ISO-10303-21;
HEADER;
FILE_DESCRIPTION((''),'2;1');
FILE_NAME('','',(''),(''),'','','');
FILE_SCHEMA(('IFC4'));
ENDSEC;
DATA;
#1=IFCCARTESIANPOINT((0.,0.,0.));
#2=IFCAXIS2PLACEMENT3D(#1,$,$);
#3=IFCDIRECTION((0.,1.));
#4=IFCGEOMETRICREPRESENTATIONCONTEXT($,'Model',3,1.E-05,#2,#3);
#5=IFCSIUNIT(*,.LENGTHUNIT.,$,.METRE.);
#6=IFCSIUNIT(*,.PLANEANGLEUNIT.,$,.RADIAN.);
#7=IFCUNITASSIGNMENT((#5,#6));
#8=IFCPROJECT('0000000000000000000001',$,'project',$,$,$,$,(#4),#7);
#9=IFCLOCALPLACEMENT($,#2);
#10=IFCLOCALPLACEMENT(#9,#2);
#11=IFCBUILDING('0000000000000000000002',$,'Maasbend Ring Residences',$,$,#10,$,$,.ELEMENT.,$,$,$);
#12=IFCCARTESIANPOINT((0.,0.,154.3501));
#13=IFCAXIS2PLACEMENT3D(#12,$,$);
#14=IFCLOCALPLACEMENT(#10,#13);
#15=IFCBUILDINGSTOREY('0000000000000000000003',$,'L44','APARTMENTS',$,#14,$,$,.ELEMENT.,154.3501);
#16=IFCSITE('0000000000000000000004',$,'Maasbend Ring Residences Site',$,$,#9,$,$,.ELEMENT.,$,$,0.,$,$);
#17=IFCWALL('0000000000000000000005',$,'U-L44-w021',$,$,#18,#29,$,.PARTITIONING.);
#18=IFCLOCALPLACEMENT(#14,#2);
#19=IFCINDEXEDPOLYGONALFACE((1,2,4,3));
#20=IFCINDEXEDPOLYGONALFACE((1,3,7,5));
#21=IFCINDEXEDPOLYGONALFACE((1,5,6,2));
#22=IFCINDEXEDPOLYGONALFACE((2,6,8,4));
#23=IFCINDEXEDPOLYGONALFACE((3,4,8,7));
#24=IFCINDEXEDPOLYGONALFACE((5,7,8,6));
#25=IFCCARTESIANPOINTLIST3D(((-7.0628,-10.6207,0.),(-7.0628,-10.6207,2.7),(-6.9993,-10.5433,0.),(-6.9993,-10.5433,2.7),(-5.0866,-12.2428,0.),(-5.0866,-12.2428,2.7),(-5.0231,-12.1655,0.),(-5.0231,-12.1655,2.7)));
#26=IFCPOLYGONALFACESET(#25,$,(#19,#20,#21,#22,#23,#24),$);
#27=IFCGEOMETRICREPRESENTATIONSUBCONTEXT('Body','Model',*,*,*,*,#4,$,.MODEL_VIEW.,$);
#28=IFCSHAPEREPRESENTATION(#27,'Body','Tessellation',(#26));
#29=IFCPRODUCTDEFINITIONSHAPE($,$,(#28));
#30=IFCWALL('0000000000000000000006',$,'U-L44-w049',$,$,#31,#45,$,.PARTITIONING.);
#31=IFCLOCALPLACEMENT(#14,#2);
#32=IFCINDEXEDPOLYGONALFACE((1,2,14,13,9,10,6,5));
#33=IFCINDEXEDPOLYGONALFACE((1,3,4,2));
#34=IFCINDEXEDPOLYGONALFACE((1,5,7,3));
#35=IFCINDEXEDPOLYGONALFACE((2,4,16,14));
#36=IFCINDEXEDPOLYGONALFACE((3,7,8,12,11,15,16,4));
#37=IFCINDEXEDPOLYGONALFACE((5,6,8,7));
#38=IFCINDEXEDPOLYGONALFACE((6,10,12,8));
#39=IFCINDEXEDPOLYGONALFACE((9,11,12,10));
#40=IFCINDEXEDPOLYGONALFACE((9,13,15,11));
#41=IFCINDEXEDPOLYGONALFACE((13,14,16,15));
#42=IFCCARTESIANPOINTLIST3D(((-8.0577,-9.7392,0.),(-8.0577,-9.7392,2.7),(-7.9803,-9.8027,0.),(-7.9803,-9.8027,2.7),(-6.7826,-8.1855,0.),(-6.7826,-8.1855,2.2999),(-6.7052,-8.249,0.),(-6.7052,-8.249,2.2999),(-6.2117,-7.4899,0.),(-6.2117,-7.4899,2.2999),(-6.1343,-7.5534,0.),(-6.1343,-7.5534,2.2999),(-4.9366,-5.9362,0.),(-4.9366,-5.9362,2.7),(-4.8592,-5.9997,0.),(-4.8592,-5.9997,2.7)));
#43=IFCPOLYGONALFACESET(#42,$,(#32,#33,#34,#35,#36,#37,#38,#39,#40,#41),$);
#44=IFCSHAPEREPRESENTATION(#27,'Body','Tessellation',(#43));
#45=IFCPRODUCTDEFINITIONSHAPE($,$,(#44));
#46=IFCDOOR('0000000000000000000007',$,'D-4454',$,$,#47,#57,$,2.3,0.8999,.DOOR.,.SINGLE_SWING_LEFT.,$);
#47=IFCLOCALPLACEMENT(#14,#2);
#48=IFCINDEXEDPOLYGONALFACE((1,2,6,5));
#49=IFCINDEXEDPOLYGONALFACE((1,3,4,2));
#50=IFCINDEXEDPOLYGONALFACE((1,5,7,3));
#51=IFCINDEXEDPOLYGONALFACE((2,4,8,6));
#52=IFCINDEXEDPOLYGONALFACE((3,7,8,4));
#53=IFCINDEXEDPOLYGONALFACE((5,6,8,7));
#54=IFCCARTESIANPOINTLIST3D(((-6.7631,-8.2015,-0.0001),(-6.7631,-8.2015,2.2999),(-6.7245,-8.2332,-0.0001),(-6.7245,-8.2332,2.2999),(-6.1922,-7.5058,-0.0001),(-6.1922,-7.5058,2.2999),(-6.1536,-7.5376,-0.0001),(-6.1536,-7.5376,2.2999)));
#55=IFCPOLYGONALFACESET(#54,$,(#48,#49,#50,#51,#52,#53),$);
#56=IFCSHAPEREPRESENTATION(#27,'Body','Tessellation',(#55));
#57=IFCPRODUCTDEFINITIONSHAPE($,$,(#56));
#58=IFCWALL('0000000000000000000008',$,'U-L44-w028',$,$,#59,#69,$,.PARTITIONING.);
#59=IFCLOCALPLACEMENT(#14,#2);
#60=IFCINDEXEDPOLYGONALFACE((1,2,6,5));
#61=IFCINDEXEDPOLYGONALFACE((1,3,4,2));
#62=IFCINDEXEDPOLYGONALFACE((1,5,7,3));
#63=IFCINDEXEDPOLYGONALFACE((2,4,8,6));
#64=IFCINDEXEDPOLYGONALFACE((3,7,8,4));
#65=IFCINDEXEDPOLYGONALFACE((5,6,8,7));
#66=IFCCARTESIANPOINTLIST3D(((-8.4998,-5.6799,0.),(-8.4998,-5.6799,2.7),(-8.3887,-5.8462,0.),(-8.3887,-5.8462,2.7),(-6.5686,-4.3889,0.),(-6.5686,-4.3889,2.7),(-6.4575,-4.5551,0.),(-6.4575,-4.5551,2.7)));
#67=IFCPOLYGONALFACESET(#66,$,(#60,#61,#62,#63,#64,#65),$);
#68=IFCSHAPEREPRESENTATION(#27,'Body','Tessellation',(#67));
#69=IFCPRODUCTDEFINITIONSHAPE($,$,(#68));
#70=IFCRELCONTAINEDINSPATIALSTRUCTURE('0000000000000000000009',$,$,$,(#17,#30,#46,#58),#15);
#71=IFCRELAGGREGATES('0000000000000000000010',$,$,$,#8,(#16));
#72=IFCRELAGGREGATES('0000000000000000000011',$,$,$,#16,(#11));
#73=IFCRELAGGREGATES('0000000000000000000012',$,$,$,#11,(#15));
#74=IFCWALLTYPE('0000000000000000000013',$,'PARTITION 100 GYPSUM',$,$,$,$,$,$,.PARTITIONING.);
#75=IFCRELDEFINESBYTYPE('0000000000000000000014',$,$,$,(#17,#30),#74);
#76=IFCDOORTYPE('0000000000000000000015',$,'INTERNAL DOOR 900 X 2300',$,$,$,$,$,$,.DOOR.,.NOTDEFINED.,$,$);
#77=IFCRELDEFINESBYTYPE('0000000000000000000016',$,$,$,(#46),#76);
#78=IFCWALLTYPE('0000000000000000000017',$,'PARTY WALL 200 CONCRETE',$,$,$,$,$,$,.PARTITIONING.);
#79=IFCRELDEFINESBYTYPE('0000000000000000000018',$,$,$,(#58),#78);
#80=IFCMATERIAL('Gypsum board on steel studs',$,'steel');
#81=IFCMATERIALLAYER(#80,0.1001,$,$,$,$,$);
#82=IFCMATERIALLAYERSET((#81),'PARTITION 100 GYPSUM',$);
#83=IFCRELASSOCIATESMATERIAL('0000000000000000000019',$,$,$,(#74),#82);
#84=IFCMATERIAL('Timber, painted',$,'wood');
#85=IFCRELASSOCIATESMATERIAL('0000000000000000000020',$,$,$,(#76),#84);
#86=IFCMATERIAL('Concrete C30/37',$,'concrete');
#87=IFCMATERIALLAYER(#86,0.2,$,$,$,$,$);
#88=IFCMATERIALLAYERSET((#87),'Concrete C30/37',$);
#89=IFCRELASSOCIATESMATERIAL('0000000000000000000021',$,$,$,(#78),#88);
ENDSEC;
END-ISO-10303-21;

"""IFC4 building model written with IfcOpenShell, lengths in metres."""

from ifc_helpers import new_model, si_unit, direction, frame, frame_2d, origin, place, context, subcontext, project, spatial, rectangle, extrude, material, layer, layer_set, type_object, element, fill, save


model = new_model("IFC4")

# Units and contexts
model_context = context("Model", 3, precision=1e-05, world=origin(), true_north=direction((0.0, 1.0)))
body_context = subcontext(model_context, "Body", "Model", "MODEL_VIEW")
ifc_project = project(units=[si_unit("LENGTHUNIT", "METRE"), si_unit("PLANEANGLEUNIT", "RADIAN")], contexts=[model_context])

# Site, building, storey
site_placement = place(None, origin())
site = spatial("IfcSite", under=ifc_project, at=site_placement, Name="Maasbend Ring Residences Site", CompositionType="ELEMENT", RefElevation=0.0)
building_placement = place(site_placement, origin())
building = spatial("IfcBuilding", under=site, at=building_placement, Name="Maasbend Ring Residences", CompositionType="ELEMENT")
storey_placement = place(building_placement, frame((0.0, 0.0, 154.3501)))
storey = spatial("IfcBuildingStorey", under=building, at=storey_placement, Name="L44", Description="APARTMENTS", CompositionType="ELEMENT", Elevation=154.3501)

# Wall
ifc_material_1 = material(Name="Gypsum board on steel studs", Category="steel")
ifc_layer_1 = layer(ifc_material_1, 0.1001)
ifc_layer_set_1 = layer_set([ifc_layer_1], Name="PARTITION 100 GYPSUM")
wall_type_1 = type_object("IfcWallType", Name="PARTITION 100 GYPSUM", PredefinedType="PARTITIONING", material=ifc_layer_set_1)
wall_1_placement = place(storey_placement, frame((-7.031, -10.582, 0.0), z_axis=(0.0, 0.0, 1.0), x_axis=(0.772944, -0.634475, 0.0)))
element("IfcWall", 1, at=wall_1_placement, inside=storey, type_object=wall_type_1, Name="U-L44-w021", PredefinedType="PARTITIONING", context=body_context, shape_type="SweptSolid", body=[
    extrude(rectangle(XDim=2.5566, YDim=0.1001, at=frame_2d((1.2783, 0.0))), origin(), (0.0, 0.0, 1.0), 2.7),
])

# Wall, opening, door
wall_2_placement = place(storey_placement, frame((-8.019, -9.771, 0.0), z_axis=(0.0, 0.0, 1.0), x_axis=(0.634402, 0.773003, 0.0)))
wall_2 = element("IfcWall", 2, at=wall_2_placement, inside=storey, type_object=wall_type_1, Name="U-L44-w049", PredefinedType="PARTITIONING", context=body_context, shape_type="SweptSolid", body=[
    extrude(rectangle(XDim=4.9197, YDim=0.1001, at=frame_2d((2.46, 0.0))), origin(), (0.0, 0.0, 1.0), 2.7),
])
opening_placement = place(wall_2_placement, frame((2.01, 0.0, 0.0)))
opening = element("IfcOpeningElement", 3, at=opening_placement, cuts=wall_2, PredefinedType="OPENING", context=body_context, shape_type="SweptSolid", body=[
    extrude(rectangle(XDim=0.8999, YDim=2.3, at=frame_2d((0.45, 1.1499))), frame((0.0, 0.0601, 0.0), z_axis=(0.0, -1.0, 0.0), x_axis=(1.0, 0.0, 0.0)), (0.0, 0.0, 1.0), 0.1201),
])
ifc_material_2 = material(Name="Timber, painted", Category="wood")
door_type = type_object("IfcDoorType", Name="INTERNAL DOOR 900 X 2300", OperationType="NOTDEFINED", PredefinedType="DOOR", material=ifc_material_2)
door_placement = place(opening_placement, origin())
door = element("IfcDoor", 4, at=door_placement, inside=storey, type_object=door_type, Name="D-4454", OperationType="SINGLE_SWING_LEFT", OverallHeight=2.3, OverallWidth=0.8999, PredefinedType="DOOR", context=body_context, shape_type="SweptSolid", body=[
    extrude(rectangle(XDim=0.8999, YDim=2.3, at=frame_2d((0.45, 1.1499))), frame((0.0, 0.0249, 0.0), z_axis=(0.0, -1.0, 0.0), x_axis=(1.0, 0.0, 0.0)), (0.0, 0.0, 1.0), 0.05),
])
fill(opening, door)

# Wall
ifc_material_3 = material(Name="Concrete C30/37", Category="concrete")
ifc_layer_2 = layer(ifc_material_3, 0.2)
ifc_layer_set_2 = layer_set([ifc_layer_2], Name="Concrete C30/37")
wall_type_2 = type_object("IfcWallType", Name="PARTY WALL 200 CONCRETE", PredefinedType="PARTITIONING", material=ifc_layer_set_2)
wall_3_placement = place(storey_placement, frame((-6.5129, -4.4719, 0.0), z_axis=(0.0, 0.0, 1.0), x_axis=(-0.831338, -0.555767, 0.0)))
element("IfcWall", 5, at=wall_3_placement, inside=storey, type_object=wall_type_2, Name="U-L44-w028", PredefinedType="PARTITIONING", context=body_context, shape_type="SweptSolid", body=[
    extrude(rectangle(XDim=2.323, YDim=0.2, at=frame_2d((1.1616, 0.0))), origin(), (0.0, 0.0, 1.0), 2.7),
])

save(model, "model.ifc")
